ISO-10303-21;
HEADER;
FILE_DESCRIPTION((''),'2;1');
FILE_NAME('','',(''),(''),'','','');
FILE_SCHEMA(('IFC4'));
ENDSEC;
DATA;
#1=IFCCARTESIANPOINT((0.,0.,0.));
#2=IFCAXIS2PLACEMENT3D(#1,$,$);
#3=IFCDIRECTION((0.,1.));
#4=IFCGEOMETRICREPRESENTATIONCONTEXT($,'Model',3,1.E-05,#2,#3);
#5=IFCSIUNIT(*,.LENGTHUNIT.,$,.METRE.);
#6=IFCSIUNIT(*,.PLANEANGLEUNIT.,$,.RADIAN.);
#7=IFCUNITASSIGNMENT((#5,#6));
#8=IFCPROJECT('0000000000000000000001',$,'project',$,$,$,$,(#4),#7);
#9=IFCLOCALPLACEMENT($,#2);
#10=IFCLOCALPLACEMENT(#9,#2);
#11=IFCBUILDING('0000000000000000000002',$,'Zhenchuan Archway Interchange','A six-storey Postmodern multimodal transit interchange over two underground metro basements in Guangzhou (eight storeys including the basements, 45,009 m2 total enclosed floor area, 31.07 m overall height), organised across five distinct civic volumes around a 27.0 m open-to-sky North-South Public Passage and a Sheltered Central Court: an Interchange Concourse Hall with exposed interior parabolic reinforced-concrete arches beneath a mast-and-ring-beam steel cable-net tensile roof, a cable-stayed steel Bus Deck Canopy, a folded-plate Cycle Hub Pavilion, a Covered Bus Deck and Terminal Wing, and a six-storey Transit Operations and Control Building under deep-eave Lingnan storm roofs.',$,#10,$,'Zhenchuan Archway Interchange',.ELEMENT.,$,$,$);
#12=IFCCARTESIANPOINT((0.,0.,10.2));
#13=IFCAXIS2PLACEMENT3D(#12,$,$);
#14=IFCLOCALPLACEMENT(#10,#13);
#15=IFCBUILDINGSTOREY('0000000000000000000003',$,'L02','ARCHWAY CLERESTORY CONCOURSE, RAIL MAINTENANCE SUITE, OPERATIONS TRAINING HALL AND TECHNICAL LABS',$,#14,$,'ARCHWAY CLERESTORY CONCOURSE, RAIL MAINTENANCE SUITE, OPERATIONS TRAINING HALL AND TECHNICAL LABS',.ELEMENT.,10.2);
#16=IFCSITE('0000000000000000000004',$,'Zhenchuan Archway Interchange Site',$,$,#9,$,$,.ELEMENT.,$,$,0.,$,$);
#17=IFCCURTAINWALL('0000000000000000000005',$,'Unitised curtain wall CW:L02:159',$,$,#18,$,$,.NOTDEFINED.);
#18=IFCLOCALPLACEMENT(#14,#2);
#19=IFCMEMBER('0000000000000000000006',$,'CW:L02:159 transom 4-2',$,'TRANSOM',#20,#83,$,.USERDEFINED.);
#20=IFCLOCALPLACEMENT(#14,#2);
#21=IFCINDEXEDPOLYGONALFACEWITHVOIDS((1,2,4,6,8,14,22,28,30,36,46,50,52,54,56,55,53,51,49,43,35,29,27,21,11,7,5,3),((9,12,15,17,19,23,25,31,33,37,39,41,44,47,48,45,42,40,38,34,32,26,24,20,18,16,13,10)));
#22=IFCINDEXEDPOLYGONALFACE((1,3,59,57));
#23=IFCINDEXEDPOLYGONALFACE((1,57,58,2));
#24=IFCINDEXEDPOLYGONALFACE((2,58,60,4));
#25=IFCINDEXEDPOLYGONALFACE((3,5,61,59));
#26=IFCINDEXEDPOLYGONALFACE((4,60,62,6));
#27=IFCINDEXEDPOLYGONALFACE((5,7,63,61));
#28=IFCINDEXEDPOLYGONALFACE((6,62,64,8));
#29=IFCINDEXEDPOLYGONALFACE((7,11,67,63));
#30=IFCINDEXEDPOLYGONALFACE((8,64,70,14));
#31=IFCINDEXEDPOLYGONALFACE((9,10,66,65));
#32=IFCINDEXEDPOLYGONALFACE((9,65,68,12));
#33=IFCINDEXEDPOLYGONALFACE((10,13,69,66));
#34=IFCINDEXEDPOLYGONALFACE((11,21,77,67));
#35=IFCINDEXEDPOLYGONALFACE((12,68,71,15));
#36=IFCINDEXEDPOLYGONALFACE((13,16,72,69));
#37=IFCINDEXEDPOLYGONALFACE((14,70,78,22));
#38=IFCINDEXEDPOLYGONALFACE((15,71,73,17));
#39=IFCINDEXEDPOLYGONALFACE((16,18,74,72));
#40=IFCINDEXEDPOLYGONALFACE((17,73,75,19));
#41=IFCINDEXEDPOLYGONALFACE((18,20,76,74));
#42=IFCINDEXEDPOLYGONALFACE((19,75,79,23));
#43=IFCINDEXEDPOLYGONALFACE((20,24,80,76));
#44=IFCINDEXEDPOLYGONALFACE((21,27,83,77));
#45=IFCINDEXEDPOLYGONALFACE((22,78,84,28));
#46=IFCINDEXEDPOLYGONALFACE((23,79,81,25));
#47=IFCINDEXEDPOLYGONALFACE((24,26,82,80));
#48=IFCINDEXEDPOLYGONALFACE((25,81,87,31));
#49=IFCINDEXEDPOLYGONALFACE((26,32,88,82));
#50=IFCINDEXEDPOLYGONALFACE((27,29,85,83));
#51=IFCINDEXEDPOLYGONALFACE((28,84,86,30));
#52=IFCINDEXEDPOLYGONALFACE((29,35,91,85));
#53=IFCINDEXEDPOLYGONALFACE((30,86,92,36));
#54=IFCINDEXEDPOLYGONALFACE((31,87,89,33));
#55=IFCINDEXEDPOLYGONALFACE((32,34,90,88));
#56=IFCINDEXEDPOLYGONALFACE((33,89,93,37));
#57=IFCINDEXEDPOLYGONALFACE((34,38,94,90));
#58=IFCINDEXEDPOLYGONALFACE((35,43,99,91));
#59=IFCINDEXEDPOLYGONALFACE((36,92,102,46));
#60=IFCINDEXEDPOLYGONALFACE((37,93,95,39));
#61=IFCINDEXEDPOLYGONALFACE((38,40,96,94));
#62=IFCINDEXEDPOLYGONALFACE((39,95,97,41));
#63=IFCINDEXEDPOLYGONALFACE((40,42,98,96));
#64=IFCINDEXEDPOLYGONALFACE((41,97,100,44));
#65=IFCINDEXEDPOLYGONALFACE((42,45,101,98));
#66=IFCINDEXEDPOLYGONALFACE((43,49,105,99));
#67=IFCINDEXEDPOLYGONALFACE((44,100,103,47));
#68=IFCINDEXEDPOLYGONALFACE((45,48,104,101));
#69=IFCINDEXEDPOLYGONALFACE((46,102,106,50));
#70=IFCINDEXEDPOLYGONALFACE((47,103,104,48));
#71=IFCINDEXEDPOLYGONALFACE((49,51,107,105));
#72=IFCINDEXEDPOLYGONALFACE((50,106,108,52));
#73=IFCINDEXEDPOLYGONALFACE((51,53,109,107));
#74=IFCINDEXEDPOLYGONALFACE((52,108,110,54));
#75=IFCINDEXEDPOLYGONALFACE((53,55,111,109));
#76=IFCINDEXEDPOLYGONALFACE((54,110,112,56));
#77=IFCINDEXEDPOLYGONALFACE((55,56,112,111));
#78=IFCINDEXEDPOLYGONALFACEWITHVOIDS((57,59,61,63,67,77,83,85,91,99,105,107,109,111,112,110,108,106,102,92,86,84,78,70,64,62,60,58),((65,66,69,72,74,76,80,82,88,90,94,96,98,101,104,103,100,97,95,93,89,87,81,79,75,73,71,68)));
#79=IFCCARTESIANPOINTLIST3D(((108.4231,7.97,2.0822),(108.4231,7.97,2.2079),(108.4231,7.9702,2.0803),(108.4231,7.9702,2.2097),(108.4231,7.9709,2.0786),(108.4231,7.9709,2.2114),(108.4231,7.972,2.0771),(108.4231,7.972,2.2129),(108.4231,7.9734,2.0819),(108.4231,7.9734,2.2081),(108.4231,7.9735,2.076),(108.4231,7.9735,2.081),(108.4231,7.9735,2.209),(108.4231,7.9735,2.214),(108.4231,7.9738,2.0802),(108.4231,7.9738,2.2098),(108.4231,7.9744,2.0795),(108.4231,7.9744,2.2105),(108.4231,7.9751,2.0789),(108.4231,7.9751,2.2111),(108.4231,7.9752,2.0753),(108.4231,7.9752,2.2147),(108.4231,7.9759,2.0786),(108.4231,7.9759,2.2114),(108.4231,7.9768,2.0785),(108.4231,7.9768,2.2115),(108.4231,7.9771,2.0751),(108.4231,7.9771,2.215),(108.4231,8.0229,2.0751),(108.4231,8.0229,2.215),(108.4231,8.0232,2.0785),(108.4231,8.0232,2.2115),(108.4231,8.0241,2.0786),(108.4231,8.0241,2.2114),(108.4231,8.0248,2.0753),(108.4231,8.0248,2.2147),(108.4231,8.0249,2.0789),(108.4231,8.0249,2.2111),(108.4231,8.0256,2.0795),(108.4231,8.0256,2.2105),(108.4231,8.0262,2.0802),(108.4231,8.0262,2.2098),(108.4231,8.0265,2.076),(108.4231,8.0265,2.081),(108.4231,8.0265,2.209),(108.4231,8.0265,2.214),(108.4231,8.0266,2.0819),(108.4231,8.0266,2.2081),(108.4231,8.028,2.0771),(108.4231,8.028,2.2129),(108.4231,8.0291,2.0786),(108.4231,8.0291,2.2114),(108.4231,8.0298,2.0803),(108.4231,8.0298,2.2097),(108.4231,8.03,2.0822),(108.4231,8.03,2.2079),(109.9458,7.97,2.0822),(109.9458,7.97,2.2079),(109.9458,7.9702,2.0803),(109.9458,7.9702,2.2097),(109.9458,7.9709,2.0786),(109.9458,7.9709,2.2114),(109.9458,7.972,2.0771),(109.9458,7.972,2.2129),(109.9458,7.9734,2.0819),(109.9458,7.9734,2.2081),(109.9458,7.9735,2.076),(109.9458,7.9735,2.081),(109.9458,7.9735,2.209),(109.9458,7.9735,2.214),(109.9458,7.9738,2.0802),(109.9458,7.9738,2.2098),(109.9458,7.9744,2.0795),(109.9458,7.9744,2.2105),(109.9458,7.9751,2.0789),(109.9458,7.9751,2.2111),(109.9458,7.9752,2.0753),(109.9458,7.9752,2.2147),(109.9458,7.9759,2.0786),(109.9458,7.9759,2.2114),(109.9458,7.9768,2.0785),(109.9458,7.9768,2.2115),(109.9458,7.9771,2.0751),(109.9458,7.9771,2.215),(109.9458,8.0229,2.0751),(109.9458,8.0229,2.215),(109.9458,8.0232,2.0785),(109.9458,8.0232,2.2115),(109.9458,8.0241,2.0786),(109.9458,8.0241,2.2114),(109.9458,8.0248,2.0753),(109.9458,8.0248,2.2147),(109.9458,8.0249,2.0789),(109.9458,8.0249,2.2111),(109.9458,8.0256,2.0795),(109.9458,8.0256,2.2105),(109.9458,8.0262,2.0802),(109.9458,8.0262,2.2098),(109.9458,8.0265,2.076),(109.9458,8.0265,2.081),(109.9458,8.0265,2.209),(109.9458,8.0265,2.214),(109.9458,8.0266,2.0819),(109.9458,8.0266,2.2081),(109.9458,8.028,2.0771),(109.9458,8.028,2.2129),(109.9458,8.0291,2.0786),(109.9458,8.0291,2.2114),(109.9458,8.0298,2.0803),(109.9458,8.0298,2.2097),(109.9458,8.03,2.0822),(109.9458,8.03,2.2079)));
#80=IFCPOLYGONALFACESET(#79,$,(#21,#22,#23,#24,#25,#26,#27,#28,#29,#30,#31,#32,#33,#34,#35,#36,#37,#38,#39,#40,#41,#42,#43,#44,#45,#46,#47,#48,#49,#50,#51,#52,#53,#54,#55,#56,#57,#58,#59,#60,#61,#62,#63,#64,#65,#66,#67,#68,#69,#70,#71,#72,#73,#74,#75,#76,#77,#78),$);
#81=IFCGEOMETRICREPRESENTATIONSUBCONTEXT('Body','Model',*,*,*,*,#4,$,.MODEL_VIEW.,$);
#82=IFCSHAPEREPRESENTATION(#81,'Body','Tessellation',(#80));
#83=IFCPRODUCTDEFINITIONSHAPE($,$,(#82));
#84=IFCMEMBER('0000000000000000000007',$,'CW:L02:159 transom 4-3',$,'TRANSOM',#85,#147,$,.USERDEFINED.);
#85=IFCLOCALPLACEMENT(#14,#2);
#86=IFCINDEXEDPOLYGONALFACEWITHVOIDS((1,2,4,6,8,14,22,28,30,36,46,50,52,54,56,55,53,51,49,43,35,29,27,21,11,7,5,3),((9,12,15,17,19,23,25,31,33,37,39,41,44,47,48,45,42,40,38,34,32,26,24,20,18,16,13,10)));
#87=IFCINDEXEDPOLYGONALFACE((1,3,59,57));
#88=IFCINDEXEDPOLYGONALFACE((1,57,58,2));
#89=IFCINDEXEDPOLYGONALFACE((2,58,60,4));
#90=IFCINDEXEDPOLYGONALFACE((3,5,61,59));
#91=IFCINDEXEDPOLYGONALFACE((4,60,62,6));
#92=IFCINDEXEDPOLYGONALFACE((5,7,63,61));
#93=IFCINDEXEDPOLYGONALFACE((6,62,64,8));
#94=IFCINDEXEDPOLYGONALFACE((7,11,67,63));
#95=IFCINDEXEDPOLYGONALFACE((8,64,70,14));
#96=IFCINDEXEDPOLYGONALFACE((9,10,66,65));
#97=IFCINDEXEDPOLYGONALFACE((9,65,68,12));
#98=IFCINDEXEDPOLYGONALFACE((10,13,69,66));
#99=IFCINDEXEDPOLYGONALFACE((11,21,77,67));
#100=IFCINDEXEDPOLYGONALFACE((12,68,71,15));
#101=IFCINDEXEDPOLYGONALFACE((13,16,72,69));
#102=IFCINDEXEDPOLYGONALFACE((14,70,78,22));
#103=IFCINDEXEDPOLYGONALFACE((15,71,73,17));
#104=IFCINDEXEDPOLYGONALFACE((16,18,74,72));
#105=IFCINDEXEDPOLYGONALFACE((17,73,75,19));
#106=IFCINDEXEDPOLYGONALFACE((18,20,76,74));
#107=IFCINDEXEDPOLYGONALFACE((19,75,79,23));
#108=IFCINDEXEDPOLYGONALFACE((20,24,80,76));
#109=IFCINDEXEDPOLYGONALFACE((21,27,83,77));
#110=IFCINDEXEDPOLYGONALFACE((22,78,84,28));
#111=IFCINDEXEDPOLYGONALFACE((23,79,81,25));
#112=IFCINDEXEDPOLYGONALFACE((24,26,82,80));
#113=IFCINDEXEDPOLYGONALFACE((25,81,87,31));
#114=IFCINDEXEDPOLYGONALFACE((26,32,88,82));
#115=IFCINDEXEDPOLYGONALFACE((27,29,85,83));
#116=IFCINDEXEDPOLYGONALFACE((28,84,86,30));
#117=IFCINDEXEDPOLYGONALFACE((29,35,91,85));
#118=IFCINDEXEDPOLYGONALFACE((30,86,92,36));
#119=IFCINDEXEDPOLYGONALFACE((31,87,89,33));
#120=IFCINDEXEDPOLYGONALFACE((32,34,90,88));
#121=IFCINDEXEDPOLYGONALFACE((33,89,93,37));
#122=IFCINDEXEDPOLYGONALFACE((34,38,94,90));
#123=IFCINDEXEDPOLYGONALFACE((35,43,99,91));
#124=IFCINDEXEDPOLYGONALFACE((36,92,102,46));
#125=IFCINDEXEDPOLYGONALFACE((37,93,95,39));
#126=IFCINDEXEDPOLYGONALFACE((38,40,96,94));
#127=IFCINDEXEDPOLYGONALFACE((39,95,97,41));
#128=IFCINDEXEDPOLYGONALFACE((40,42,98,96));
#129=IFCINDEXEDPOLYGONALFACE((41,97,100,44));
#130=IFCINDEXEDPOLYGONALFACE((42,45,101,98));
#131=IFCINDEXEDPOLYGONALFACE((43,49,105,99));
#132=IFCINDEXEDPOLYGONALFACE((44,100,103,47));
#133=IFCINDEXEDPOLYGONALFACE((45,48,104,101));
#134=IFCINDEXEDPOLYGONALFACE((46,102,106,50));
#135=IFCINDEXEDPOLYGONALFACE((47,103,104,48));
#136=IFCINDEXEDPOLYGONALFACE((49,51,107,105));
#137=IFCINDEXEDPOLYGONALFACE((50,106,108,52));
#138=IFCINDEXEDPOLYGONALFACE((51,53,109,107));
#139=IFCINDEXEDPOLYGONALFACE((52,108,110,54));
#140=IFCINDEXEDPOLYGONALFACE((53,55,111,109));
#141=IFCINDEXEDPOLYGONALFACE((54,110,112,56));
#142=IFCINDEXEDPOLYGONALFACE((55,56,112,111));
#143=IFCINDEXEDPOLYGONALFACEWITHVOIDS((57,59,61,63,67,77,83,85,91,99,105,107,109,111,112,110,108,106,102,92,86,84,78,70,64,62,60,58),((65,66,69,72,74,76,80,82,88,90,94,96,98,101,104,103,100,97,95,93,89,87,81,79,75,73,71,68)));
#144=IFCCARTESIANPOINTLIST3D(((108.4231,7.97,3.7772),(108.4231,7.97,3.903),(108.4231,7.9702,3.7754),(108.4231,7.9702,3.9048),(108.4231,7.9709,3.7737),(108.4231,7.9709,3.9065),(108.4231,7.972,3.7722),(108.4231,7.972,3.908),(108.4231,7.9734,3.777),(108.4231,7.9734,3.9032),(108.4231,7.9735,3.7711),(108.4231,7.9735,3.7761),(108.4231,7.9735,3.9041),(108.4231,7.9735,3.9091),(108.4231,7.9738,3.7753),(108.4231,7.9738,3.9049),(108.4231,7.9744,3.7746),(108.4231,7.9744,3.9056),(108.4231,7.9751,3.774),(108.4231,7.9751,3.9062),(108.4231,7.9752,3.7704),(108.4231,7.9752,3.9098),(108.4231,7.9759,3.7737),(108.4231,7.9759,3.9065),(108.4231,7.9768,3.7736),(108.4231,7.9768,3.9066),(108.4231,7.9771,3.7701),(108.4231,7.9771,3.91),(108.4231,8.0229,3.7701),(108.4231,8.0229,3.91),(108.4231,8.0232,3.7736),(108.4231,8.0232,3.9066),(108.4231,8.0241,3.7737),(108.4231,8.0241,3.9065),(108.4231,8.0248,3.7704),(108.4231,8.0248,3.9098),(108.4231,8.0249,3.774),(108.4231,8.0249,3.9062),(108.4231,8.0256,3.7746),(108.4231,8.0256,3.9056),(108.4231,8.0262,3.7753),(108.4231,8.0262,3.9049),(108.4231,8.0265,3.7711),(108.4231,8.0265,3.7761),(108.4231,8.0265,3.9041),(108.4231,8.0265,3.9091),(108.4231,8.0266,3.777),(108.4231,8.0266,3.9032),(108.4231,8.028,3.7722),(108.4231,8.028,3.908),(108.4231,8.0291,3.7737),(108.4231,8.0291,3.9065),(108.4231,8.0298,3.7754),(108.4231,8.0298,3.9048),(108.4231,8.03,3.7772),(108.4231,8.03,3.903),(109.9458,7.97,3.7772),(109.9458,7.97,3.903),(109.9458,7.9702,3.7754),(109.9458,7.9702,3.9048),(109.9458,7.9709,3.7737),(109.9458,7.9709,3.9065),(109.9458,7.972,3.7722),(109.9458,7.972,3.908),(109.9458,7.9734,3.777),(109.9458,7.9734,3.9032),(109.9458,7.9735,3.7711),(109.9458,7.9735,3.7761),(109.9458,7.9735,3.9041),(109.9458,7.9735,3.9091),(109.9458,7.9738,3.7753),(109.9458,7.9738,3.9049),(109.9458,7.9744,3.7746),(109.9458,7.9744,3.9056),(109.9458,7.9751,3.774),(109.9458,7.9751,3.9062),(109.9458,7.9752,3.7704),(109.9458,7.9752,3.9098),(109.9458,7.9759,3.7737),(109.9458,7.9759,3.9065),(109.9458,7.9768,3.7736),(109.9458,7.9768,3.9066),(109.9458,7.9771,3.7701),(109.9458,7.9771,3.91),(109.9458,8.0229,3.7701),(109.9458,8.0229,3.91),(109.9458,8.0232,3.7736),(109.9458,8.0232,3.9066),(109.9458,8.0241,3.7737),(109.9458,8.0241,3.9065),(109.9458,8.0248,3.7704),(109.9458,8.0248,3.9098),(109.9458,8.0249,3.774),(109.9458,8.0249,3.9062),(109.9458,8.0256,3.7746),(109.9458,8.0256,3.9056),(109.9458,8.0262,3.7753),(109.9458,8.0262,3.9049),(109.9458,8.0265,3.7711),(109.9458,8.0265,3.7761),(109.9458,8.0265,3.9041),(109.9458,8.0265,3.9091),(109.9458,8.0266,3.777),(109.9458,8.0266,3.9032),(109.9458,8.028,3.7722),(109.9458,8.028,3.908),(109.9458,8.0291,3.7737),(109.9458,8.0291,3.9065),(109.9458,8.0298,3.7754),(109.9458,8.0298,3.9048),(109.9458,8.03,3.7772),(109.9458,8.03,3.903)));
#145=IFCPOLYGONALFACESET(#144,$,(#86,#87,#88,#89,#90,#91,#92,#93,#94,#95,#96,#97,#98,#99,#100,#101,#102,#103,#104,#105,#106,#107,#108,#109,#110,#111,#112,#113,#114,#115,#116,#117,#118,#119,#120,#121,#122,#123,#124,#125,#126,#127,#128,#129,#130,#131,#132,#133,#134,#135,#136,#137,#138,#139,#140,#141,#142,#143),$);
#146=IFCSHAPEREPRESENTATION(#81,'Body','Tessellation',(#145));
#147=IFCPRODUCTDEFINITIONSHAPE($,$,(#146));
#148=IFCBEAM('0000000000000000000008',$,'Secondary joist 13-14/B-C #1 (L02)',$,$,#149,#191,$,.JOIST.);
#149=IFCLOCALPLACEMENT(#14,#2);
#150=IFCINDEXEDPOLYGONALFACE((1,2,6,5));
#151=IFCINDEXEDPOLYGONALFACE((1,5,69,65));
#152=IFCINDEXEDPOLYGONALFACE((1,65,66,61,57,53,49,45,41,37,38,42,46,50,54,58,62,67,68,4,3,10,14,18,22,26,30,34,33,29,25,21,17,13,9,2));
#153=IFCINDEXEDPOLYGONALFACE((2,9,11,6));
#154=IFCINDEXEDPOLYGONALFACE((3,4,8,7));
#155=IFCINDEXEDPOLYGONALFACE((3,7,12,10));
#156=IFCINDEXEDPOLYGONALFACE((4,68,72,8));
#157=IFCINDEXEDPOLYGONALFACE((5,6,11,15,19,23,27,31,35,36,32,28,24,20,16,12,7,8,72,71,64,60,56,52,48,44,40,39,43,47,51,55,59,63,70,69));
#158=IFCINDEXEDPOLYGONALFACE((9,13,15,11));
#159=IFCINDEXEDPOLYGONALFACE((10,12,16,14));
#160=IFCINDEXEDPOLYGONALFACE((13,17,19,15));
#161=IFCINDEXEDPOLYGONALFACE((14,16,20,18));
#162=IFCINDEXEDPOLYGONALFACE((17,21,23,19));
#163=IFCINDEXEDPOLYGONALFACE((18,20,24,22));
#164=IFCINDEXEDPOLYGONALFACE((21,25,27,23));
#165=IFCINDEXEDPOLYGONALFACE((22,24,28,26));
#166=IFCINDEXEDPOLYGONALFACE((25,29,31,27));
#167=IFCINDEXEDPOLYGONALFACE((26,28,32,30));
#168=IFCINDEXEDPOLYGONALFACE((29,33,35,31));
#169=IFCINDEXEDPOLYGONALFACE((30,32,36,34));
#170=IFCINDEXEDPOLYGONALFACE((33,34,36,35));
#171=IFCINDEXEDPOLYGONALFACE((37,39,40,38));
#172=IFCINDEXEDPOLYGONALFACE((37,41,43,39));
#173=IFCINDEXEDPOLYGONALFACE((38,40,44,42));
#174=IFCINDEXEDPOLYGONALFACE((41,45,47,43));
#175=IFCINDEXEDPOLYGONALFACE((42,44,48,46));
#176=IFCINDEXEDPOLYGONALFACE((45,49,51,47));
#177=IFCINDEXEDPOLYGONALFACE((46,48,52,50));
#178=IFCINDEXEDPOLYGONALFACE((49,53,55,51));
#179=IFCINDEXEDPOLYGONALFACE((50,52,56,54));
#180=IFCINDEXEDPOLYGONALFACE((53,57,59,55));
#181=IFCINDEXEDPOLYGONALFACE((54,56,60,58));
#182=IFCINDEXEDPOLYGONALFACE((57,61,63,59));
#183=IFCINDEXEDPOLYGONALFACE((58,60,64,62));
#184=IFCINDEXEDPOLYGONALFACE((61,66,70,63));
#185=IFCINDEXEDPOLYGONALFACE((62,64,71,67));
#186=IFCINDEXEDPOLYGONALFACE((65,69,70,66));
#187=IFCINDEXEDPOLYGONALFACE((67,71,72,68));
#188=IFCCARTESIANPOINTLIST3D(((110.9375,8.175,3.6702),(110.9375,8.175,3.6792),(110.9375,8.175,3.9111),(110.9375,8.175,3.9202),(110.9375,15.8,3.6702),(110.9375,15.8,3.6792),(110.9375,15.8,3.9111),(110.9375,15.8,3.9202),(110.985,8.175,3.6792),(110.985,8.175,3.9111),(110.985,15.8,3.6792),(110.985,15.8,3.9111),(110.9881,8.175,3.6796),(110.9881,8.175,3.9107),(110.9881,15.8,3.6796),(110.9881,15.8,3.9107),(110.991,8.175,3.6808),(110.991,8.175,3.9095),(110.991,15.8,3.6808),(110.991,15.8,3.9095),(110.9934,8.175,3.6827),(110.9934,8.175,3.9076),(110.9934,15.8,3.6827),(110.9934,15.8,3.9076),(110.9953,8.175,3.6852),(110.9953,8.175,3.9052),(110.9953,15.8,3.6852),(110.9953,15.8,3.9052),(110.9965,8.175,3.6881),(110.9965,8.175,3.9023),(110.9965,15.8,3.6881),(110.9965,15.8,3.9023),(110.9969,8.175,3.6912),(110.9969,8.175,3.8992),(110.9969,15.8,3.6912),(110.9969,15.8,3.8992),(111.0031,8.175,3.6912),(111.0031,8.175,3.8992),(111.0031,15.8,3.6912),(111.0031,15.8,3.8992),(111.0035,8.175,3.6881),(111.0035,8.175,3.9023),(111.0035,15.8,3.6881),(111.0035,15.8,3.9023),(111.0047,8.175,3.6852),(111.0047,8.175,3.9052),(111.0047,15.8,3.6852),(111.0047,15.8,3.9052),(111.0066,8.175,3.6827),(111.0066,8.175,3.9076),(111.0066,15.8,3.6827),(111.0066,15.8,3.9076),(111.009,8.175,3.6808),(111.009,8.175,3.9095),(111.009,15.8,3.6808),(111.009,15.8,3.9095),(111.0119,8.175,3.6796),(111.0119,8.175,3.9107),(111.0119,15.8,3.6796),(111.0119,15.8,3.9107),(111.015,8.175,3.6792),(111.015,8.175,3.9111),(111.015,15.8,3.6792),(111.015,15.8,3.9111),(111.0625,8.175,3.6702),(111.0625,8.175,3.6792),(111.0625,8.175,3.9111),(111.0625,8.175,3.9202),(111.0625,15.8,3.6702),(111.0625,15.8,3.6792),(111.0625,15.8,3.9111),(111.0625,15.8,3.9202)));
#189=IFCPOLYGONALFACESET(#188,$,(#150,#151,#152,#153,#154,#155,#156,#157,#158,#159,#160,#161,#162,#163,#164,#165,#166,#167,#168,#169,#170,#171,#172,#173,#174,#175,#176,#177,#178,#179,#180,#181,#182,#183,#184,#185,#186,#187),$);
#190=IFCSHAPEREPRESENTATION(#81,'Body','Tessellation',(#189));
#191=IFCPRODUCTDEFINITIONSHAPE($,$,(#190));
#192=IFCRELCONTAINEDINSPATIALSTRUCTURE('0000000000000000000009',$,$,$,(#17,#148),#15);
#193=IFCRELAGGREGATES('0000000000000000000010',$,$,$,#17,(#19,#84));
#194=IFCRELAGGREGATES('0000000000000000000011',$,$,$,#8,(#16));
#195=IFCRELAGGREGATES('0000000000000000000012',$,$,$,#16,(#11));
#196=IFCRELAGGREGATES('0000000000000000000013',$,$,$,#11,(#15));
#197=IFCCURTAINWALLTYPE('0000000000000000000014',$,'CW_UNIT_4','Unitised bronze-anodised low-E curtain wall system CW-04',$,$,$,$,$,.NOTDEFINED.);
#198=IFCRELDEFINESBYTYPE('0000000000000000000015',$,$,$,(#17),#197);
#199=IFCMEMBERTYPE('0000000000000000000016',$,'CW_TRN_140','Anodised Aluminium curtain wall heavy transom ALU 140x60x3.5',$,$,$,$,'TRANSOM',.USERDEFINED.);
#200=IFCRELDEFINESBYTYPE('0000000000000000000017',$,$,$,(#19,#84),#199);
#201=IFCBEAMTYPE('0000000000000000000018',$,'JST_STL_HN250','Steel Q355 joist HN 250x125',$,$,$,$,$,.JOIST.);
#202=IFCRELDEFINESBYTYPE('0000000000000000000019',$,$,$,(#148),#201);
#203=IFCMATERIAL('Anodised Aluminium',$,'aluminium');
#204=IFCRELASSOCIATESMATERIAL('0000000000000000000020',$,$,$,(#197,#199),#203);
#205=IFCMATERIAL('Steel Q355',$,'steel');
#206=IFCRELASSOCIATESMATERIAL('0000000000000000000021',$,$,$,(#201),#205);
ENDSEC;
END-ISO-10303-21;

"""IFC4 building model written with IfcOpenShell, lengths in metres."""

from ifc_helpers import new_model, si_unit, direction, frame, origin, origin_2d, place, context, subcontext, project, spatial, hollow_rectangle, i_section, extrude, material, material_profile, profile_set, type_object, element, aggregate, save


model = new_model("IFC4")

# Units and contexts
model_context = context("Model", 3, precision=1e-05, world=origin(), true_north=direction((0.0, 1.0)))
body_context = subcontext(model_context, "Body", "Model", "MODEL_VIEW")
ifc_project = project(units=[si_unit("LENGTHUNIT", "METRE"), si_unit("PLANEANGLEUNIT", "RADIAN")], contexts=[model_context])

# Site, building, storey
site_placement = place(None, origin())
site = spatial("IfcSite", under=ifc_project, at=site_placement, Name="Zhenchuan Archway Interchange Site", CompositionType="ELEMENT", RefElevation=0.0)
building_placement = place(site_placement, origin())
building = spatial("IfcBuilding", under=site, at=building_placement, Name="Zhenchuan Archway Interchange", Description="A six-storey Postmodern multimodal transit interchange over two underground metro basements in Guangzhou (eight storeys including the basements, 45,009 m2 total enclosed floor area, 31.07 m overall height), organised across five distinct civic volumes around a 27.0 m open-to-sky North-South Public Passage and a Sheltered Central Court: an Interchange Concourse Hall with exposed interior parabolic reinforced-concrete arches beneath a mast-and-ring-beam steel cable-net tensile roof, a cable-stayed steel Bus Deck Canopy, a folded-plate Cycle Hub Pavilion, a Covered Bus Deck and Terminal Wing, and a six-storey Transit Operations and Control Building under deep-eave Lingnan storm roofs.", LongName="Zhenchuan Archway Interchange", CompositionType="ELEMENT")
storey_placement = place(building_placement, frame((0.0, 0.0, 10.2)))
storey = spatial("IfcBuildingStorey", under=building, at=storey_placement, Name="L02", Description="ARCHWAY CLERESTORY CONCOURSE, RAIL MAINTENANCE SUITE, OPERATIONS TRAINING HALL AND TECHNICAL LABS", LongName="ARCHWAY CLERESTORY CONCOURSE, RAIL MAINTENANCE SUITE, OPERATIONS TRAINING HALL AND TECHNICAL LABS", CompositionType="ELEMENT", Elevation=10.2)

# Curtain wall, members
ifc_material_1 = material(Name="Anodised Aluminium", Category="aluminium")
curtain_wall_type = type_object("IfcCurtainWallType", Name="CW_UNIT_4", Description="Unitised bronze-anodised low-E curtain wall system CW-04", PredefinedType="NOTDEFINED", material=ifc_material_1)
curtain_wall_placement = place(storey_placement, origin())
curtain_wall = element("IfcCurtainWall", 1, at=curtain_wall_placement, inside=storey, type_object=curtain_wall_type, Name="Unitised curtain wall CW:L02:159", PredefinedType="NOTDEFINED")
ifc_material_profile_1 = material_profile(ifc_material_1, hollow_rectangle(XDim=0.0601, YDim=0.1399, WallThickness=0.0034, InnerFilletRadius=0.0034, OuterFilletRadius=0.0071, at=origin_2d()), Name="ALU 140x60x3.5")
ifc_profile_set_1 = profile_set([ifc_material_profile_1], Name="Anodised Aluminium")
member_type_1 = type_object("IfcMemberType", Name="CW_TRN_140", Description="Anodised Aluminium curtain wall heavy transom ALU 140x60x3.5", ElementType="TRANSOM", PredefinedType="USERDEFINED", material=ifc_profile_set_1)
member_1_placement = place(storey_placement, frame((109.9458, 8.0, 2.145), z_axis=(-1.0, 0.0, 0.0), x_axis=(0.0, -1.0, 0.0)))
member_1 = element("IfcMember", 2, at=member_1_placement, type_object=member_type_1, Name="CW:L02:159 transom 4-2", ObjectType="TRANSOM", PredefinedType="USERDEFINED", context=body_context, shape_type="SweptSolid", body=[
    extrude(hollow_rectangle(XDim=0.0601, YDim=0.1399, WallThickness=0.0034, InnerFilletRadius=0.0034, OuterFilletRadius=0.0071, at=origin_2d()), origin(), (0.0, 0.0, 1.0), 1.5227),
])
member_2_placement = place(storey_placement, frame((109.9458, 8.0, 3.8401), z_axis=(-1.0, 0.0, 0.0), x_axis=(0.0, -1.0, 0.0)))
member_2 = element("IfcMember", 3, at=member_2_placement, type_object=member_type_1, Name="CW:L02:159 transom 4-3", ObjectType="TRANSOM", PredefinedType="USERDEFINED", context=body_context, shape_type="SweptSolid", body=[
    extrude(hollow_rectangle(XDim=0.0601, YDim=0.1399, WallThickness=0.0034, InnerFilletRadius=0.0034, OuterFilletRadius=0.0071, at=origin_2d()), origin(), (0.0, 0.0, 1.0), 1.5227),
])

# Beam
ifc_material_2 = material(Name="Steel Q355", Category="steel")
ifc_material_profile_2 = material_profile(ifc_material_2, i_section(OverallWidth=0.125, OverallDepth=0.25, WebThickness=0.0061, FlangeThickness=0.009, FilletRadius=0.012, at=origin_2d()), Name="HN 250x125")
ifc_profile_set_2 = profile_set([ifc_material_profile_2], Name="Steel Q355")
beam_type = type_object("IfcBeamType", Name="JST_STL_HN250", Description="Steel Q355 joist HN 250x125", PredefinedType="JOIST", material=ifc_profile_set_2)
for number, where, z_axis, x_axis, name in (
    (4, (111.0, 8.175, 3.7952), (0.0, 1.0, 0.0), (-1.0, 0.0, 0.0), "Secondary joist 13-14/B-C #1 (L02)"),
):
    element("IfcBeam", number, at=place(storey_placement, frame(where, z_axis=z_axis, x_axis=x_axis)), inside=storey, type_object=beam_type, Name=name, PredefinedType="JOIST", context=body_context, shape_type="SweptSolid", body=[
        extrude(i_section(OverallWidth=0.125, OverallDepth=0.25, WebThickness=0.0061, FlangeThickness=0.009, FilletRadius=0.012, at=origin_2d()), origin(), (0.0, 0.0, 1.0), 7.625),
    ])

aggregate(curtain_wall, [member_1, member_2])

save(model, "model.ifc")
